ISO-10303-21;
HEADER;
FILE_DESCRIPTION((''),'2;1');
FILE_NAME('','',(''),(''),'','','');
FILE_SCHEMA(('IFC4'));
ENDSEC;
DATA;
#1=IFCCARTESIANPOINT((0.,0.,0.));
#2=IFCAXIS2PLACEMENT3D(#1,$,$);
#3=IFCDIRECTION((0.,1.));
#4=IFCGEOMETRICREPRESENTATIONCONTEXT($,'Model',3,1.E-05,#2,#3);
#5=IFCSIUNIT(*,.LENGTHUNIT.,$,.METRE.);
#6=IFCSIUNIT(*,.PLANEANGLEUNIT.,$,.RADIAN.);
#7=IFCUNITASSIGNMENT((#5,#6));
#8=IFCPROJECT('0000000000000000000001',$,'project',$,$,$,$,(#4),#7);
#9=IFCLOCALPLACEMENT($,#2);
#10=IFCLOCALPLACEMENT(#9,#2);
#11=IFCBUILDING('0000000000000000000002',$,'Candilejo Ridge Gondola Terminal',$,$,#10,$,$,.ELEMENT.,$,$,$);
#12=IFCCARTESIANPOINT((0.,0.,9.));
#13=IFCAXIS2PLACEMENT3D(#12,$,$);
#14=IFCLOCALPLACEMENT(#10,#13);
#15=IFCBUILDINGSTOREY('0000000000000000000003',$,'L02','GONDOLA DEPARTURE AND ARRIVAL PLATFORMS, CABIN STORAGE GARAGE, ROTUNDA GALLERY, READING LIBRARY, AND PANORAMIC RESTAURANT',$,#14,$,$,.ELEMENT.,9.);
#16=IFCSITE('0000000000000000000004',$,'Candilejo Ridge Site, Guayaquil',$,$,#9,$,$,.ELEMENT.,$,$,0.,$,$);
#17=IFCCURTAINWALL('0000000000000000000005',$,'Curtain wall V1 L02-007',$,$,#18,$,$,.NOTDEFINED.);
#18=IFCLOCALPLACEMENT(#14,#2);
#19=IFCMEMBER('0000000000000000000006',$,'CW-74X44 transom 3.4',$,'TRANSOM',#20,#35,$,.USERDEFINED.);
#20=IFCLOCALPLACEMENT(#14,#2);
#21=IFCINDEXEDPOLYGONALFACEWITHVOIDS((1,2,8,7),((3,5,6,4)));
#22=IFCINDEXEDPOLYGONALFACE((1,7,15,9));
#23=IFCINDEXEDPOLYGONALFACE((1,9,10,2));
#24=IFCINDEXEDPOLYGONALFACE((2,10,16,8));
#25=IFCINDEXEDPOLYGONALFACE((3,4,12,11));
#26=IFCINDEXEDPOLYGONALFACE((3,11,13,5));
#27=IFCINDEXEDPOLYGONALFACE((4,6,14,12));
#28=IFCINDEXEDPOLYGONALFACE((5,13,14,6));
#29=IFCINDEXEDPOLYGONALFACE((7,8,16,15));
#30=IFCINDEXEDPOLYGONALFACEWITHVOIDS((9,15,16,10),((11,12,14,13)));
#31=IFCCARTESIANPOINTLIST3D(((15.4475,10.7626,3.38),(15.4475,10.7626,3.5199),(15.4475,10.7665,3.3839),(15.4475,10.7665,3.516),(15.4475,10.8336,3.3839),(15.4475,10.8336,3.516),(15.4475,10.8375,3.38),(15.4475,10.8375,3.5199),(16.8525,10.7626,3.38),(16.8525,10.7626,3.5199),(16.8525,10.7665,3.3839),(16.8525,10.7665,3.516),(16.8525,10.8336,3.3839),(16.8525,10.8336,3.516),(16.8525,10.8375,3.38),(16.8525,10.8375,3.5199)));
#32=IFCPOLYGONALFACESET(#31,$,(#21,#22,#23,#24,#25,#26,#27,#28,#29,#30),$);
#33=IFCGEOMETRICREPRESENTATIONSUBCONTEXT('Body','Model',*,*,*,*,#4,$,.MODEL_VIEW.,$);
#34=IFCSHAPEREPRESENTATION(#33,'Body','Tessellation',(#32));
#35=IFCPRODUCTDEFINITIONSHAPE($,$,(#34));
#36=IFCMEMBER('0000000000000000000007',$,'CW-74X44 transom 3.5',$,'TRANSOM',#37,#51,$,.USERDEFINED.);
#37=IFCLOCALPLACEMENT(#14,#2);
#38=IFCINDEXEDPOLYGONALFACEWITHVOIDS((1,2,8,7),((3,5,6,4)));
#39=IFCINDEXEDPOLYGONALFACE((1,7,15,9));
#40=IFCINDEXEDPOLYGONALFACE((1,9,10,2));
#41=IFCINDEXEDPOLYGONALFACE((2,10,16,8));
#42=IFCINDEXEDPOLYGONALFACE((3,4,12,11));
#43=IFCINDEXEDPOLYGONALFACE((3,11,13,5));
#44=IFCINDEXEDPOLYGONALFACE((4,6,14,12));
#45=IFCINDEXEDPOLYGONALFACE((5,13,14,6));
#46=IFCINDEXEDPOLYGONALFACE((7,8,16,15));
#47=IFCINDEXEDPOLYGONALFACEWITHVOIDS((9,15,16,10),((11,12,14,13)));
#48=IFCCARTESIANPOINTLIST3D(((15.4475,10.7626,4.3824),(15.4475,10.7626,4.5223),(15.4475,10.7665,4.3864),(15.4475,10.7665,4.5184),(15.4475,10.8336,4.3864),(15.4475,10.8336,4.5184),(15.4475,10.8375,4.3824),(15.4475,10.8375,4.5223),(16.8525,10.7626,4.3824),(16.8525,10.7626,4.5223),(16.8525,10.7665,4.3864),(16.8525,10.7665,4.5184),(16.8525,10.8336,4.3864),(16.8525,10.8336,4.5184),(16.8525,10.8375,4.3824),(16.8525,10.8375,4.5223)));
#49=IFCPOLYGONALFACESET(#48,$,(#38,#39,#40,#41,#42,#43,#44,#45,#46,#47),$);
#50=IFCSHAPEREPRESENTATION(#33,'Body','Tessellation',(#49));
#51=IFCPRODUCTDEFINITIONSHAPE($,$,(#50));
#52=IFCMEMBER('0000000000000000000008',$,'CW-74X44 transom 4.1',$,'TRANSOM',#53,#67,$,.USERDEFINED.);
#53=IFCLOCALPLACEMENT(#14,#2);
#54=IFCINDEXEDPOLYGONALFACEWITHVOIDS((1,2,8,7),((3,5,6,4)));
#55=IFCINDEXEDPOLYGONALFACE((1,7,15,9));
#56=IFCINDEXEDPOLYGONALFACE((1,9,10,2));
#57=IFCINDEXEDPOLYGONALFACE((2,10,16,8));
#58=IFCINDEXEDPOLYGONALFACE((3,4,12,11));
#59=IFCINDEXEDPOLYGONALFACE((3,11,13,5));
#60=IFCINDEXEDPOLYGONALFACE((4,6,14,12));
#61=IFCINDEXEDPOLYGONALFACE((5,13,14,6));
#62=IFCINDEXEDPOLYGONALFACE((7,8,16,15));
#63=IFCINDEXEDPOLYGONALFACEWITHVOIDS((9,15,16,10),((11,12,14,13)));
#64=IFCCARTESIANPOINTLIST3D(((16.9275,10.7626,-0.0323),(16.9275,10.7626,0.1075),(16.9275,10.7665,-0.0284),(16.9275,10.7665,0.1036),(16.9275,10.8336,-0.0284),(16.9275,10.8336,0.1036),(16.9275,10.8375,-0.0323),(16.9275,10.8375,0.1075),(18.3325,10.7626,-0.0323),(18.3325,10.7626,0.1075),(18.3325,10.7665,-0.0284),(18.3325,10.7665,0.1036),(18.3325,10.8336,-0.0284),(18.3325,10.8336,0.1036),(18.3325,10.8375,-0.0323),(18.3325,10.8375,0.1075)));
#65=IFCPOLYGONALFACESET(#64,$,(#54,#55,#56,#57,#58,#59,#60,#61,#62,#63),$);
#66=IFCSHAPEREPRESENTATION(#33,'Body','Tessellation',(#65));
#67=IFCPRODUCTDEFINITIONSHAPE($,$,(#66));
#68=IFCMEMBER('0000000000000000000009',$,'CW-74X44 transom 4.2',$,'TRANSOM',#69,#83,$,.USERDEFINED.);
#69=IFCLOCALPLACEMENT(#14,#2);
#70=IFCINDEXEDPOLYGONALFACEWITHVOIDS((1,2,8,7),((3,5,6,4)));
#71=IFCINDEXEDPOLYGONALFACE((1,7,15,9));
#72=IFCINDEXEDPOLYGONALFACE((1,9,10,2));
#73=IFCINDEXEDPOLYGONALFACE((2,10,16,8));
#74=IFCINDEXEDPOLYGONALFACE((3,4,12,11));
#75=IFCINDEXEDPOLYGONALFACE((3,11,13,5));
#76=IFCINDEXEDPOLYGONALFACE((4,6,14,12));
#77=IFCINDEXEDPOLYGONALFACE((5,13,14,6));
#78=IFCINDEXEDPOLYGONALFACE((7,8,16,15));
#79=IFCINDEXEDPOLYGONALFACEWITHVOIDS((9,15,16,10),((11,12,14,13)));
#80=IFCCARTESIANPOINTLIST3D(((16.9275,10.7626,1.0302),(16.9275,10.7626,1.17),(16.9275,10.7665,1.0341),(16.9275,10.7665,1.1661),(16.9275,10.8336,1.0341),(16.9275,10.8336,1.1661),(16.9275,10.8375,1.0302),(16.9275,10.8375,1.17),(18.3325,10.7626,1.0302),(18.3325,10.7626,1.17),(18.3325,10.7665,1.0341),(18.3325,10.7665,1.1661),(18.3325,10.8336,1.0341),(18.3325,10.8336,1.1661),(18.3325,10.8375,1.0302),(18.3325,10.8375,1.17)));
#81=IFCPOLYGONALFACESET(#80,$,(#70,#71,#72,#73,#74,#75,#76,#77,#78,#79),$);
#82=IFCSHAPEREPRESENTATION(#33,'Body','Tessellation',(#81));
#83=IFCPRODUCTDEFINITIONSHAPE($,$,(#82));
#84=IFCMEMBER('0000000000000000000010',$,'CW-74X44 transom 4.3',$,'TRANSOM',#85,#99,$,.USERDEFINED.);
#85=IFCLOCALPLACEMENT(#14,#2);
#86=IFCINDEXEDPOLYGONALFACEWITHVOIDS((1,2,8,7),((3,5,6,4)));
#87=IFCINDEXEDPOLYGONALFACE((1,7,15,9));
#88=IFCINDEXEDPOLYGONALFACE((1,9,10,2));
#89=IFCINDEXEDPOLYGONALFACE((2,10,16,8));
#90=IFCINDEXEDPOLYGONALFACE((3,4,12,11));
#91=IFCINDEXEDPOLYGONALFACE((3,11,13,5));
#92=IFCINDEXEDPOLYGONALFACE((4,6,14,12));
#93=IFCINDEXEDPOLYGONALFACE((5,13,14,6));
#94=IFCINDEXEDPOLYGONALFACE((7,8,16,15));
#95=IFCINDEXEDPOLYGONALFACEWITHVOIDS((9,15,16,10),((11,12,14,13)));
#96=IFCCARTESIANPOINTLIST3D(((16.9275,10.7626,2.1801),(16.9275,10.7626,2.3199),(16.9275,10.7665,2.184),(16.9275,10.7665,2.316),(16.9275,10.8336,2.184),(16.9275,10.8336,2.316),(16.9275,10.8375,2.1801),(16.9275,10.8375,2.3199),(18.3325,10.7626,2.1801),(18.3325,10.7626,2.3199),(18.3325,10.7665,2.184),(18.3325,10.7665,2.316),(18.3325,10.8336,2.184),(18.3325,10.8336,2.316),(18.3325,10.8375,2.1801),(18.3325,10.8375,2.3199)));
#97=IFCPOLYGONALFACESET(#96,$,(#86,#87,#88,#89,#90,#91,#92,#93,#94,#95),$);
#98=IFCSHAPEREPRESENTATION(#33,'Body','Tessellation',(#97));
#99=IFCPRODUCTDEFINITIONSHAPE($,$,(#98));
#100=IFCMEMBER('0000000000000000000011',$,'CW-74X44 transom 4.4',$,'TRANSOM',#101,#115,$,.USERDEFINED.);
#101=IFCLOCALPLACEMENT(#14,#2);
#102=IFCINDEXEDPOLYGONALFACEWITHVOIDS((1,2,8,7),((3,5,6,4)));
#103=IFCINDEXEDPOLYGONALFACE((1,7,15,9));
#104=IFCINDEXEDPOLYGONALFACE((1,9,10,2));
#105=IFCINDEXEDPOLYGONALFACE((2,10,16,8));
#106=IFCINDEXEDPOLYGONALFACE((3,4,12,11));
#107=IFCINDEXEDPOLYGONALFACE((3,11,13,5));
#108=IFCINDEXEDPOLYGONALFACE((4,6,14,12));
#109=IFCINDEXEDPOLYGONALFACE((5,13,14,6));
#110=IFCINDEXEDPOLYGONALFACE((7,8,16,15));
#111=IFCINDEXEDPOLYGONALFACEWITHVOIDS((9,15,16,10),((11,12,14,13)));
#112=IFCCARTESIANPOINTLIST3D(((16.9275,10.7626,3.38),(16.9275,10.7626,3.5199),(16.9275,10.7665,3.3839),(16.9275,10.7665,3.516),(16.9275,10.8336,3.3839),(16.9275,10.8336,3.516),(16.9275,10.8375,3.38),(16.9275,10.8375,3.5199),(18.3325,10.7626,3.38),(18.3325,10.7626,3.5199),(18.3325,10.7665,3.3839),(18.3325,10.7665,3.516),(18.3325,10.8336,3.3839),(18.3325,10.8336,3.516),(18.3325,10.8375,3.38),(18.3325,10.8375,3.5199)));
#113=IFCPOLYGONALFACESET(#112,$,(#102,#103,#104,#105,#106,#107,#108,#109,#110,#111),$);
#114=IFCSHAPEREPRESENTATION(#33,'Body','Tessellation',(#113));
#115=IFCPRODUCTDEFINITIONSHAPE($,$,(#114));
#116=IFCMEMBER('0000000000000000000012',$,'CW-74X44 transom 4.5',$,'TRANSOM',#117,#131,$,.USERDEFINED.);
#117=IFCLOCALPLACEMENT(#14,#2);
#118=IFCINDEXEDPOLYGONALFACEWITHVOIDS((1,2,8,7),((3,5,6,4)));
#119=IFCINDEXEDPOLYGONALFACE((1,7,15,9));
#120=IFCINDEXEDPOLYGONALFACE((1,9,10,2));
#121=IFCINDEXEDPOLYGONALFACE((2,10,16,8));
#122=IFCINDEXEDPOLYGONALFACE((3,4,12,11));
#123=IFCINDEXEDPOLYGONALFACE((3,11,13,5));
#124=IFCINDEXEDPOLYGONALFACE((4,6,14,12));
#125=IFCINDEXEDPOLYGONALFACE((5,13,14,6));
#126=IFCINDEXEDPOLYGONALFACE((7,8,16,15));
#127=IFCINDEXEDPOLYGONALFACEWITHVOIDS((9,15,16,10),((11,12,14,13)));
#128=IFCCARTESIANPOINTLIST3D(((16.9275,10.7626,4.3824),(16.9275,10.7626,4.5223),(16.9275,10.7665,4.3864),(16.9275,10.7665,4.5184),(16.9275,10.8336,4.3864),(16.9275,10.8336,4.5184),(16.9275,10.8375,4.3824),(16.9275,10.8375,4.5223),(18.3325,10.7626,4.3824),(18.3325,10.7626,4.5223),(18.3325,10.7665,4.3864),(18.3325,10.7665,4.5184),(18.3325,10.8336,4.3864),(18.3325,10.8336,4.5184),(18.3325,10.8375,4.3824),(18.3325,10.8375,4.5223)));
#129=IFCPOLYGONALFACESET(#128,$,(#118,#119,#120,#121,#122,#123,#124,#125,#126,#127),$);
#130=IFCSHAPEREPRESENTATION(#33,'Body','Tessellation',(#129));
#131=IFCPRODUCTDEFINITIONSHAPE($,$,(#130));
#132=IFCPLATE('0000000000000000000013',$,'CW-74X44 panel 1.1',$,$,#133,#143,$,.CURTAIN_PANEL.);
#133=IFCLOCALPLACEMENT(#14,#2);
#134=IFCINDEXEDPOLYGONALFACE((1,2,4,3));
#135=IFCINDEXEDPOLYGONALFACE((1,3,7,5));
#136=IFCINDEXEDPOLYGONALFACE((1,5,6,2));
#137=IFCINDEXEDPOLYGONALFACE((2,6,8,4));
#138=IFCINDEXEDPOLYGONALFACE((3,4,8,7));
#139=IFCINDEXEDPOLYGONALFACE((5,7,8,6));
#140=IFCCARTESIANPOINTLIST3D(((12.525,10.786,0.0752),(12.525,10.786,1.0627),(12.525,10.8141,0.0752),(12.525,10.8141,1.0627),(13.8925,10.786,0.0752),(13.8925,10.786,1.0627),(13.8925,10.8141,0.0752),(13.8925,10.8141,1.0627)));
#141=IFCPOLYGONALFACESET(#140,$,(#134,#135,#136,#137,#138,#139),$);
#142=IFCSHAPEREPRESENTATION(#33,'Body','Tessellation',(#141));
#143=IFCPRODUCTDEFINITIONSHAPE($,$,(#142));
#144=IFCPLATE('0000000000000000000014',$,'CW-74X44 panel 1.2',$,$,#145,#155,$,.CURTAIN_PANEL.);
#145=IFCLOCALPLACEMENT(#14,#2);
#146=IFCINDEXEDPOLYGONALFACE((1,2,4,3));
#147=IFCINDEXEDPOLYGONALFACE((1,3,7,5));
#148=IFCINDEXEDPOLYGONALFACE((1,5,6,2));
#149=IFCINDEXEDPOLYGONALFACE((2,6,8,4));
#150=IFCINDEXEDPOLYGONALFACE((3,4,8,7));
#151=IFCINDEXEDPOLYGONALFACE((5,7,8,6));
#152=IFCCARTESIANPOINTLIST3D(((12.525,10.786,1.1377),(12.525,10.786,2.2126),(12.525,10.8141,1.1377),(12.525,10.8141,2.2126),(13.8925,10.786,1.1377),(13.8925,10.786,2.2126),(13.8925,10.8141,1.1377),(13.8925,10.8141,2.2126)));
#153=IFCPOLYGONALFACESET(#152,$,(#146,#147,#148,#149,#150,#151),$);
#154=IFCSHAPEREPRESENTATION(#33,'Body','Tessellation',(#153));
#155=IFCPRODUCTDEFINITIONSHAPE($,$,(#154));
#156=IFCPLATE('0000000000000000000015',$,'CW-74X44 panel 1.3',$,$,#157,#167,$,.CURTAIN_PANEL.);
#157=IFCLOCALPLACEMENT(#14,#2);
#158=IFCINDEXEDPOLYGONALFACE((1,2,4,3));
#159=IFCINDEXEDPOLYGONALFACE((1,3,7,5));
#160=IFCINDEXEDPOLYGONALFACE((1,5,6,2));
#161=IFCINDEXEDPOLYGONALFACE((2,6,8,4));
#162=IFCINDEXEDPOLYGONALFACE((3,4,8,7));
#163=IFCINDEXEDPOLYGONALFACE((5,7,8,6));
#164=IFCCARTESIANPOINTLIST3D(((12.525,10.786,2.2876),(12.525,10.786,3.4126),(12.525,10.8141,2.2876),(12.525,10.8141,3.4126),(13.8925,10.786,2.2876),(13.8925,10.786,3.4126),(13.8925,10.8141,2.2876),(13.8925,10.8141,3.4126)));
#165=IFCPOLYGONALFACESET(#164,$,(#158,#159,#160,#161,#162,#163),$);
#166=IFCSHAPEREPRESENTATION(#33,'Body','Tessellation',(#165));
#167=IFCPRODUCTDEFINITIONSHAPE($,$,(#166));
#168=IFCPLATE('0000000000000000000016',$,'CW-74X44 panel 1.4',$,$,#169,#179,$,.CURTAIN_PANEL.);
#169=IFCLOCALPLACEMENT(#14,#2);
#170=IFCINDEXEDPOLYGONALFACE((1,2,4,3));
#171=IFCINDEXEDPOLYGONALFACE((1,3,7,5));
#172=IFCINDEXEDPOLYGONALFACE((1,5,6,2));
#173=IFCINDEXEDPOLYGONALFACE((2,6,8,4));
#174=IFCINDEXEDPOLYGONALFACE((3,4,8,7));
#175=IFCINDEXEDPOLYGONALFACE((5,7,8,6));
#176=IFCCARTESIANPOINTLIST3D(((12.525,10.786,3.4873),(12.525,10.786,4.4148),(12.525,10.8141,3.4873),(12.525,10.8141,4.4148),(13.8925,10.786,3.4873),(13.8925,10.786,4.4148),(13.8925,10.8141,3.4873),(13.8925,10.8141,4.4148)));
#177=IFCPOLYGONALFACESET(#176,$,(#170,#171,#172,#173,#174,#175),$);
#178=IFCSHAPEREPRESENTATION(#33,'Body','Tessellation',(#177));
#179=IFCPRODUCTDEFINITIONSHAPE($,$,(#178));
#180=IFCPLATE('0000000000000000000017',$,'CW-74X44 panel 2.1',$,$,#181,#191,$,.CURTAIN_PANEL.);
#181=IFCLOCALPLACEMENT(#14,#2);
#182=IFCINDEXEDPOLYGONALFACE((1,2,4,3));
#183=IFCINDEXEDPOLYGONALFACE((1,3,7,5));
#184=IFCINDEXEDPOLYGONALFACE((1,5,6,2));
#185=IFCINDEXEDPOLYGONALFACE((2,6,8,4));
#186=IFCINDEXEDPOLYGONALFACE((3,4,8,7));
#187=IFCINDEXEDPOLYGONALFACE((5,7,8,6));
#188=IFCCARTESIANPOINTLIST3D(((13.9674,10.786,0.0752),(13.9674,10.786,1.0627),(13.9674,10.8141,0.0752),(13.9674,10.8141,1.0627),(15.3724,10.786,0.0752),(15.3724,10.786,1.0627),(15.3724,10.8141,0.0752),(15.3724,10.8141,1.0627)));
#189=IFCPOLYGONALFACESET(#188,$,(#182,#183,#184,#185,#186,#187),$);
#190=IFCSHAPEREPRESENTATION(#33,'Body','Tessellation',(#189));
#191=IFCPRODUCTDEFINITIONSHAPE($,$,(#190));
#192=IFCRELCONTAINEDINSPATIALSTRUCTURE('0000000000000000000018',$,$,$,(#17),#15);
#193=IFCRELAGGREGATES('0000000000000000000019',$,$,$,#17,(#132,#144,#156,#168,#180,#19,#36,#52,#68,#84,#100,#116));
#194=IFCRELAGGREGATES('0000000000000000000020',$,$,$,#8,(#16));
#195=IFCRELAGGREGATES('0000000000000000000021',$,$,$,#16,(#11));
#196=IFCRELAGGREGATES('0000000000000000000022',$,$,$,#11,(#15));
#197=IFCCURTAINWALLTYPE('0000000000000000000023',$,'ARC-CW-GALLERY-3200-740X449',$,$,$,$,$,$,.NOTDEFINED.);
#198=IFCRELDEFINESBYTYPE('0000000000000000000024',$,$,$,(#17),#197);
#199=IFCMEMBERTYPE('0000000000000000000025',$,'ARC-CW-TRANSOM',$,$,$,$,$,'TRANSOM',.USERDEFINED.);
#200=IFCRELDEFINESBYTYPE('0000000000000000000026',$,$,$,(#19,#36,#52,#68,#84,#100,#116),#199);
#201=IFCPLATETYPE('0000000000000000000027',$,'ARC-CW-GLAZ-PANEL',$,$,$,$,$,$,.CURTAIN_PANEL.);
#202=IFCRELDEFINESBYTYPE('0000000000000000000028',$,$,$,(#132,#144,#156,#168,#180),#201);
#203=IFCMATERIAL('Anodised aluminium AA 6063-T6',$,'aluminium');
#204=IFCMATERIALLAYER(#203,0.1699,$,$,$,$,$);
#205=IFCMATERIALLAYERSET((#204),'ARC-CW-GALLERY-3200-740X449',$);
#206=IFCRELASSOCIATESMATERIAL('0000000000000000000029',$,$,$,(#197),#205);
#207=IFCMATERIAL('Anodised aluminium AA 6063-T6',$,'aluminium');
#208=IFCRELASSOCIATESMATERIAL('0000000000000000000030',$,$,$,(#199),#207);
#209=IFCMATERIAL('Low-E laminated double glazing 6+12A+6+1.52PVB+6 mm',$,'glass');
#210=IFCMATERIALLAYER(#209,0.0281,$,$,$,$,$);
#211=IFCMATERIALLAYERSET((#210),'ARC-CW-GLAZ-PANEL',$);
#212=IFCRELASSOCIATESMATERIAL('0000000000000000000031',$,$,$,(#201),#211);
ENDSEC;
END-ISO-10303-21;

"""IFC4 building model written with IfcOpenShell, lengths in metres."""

from ifc_helpers import new_model, si_unit, direction, frame, origin, origin_2d, place, context, subcontext, project, spatial, rectangle, hollow_rectangle, extrude, material, layer, layer_set, material_profile, profile_set, type_object, element, aggregate, save


model = new_model("IFC4")

# Units and contexts
model_context = context("Model", 3, precision=1e-05, world=origin(), true_north=direction((0.0, 1.0)))
body_context = subcontext(model_context, "Body", "Model", "MODEL_VIEW")
ifc_project = project(units=[si_unit("LENGTHUNIT", "METRE"), si_unit("PLANEANGLEUNIT", "RADIAN")], contexts=[model_context])

# Site, building, storey
site_placement = place(None, origin())
site = spatial("IfcSite", under=ifc_project, at=site_placement, Name="Candilejo Ridge Site, Guayaquil", CompositionType="ELEMENT", RefElevation=0.0)
building_placement = place(site_placement, origin())
building = spatial("IfcBuilding", under=site, at=building_placement, Name="Candilejo Ridge Gondola Terminal", CompositionType="ELEMENT")
storey_placement = place(building_placement, frame((0.0, 0.0, 9.0)))
storey = spatial("IfcBuildingStorey", under=building, at=storey_placement, Name="L02", Description="GONDOLA DEPARTURE AND ARRIVAL PLATFORMS, CABIN STORAGE GARAGE, ROTUNDA GALLERY, READING LIBRARY, AND PANORAMIC RESTAURANT", CompositionType="ELEMENT", Elevation=9.0)

# Curtain wall, members, plates
ifc_material_1 = material(Name="Anodised aluminium AA 6063-T6", Category="aluminium")
ifc_layer_1 = layer(ifc_material_1, 0.1699)
ifc_layer_set_1 = layer_set([ifc_layer_1], Name="ARC-CW-GALLERY-3200-740X449")
curtain_wall_type = type_object("IfcCurtainWallType", Name="ARC-CW-GALLERY-3200-740X449", PredefinedType="NOTDEFINED", material=ifc_layer_set_1)
curtain_wall_placement = place(storey_placement, origin())
curtain_wall = element("IfcCurtainWall", 1, at=curtain_wall_placement, inside=storey, type_object=curtain_wall_type, Name="Curtain wall V1 L02-007", PredefinedType="NOTDEFINED")
ifc_material_2 = material(Name="Anodised aluminium AA 6063-T6", Category="aluminium")
ifc_material_profile_1 = material_profile(ifc_material_2, hollow_rectangle(XDim=0.075, YDim=0.1399, WallThickness=0.0039, at=origin_2d()))
ifc_profile_set_1 = profile_set([ifc_material_profile_1], Name="Anodised aluminium AA 6063-T6")
member_type_1 = type_object("IfcMemberType", Name="ARC-CW-TRANSOM", ElementType="TRANSOM", PredefinedType="USERDEFINED", material=ifc_profile_set_1)
member_1_placement = place(storey_placement, frame((15.4475, 10.8, 3.45), z_axis=(1.0, 0.0, 0.0), x_axis=(0.0, 1.0, 0.0)))
member_1 = element("IfcMember", 2, at=member_1_placement, type_object=member_type_1, Name="CW-74X44 transom 3.4", ObjectType="TRANSOM", PredefinedType="USERDEFINED", context=body_context, shape_type="SweptSolid", body=[
    extrude(hollow_rectangle(XDim=0.075, YDim=0.1399, WallThickness=0.0039, at=origin_2d()), origin(), (0.0, 0.0, 1.0), 1.405),
])
member_2_placement = place(storey_placement, frame((15.4475, 10.8, 4.4524), z_axis=(1.0, 0.0, 0.0), x_axis=(0.0, 1.0, 0.0)))
member_2 = element("IfcMember", 3, at=member_2_placement, type_object=member_type_1, Name="CW-74X44 transom 3.5", ObjectType="TRANSOM", PredefinedType="USERDEFINED", context=body_context, shape_type="SweptSolid", body=[
    extrude(hollow_rectangle(XDim=0.075, YDim=0.1399, WallThickness=0.0039, at=origin_2d()), origin(), (0.0, 0.0, 1.0), 1.405),
])
member_3_placement = place(storey_placement, frame((16.9275, 10.8, 0.0376), z_axis=(1.0, 0.0, 0.0), x_axis=(0.0, 1.0, 0.0)))
member_3 = element("IfcMember", 4, at=member_3_placement, type_object=member_type_1, Name="CW-74X44 transom 4.1", ObjectType="TRANSOM", PredefinedType="USERDEFINED", context=body_context, shape_type="SweptSolid", body=[
    extrude(hollow_rectangle(XDim=0.075, YDim=0.1399, WallThickness=0.0039, at=origin_2d()), origin(), (0.0, 0.0, 1.0), 1.405),
])
member_4_placement = place(storey_placement, frame((16.9275, 10.8, 1.1001), z_axis=(1.0, 0.0, 0.0), x_axis=(0.0, 1.0, 0.0)))
member_4 = element("IfcMember", 5, at=member_4_placement, type_object=member_type_1, Name="CW-74X44 transom 4.2", ObjectType="TRANSOM", PredefinedType="USERDEFINED", context=body_context, shape_type="SweptSolid", body=[
    extrude(hollow_rectangle(XDim=0.075, YDim=0.1399, WallThickness=0.0039, at=origin_2d()), origin(), (0.0, 0.0, 1.0), 1.405),
])
member_5_placement = place(storey_placement, frame((16.9275, 10.8, 2.25), z_axis=(1.0, 0.0, 0.0), x_axis=(0.0, 1.0, 0.0)))
member_5 = element("IfcMember", 6, at=member_5_placement, type_object=member_type_1, Name="CW-74X44 transom 4.3", ObjectType="TRANSOM", PredefinedType="USERDEFINED", context=body_context, shape_type="SweptSolid", body=[
    extrude(hollow_rectangle(XDim=0.075, YDim=0.1399, WallThickness=0.0039, at=origin_2d()), origin(), (0.0, 0.0, 1.0), 1.405),
])
member_6_placement = place(storey_placement, frame((16.9275, 10.8, 3.45), z_axis=(1.0, 0.0, 0.0), x_axis=(0.0, 1.0, 0.0)))
member_6 = element("IfcMember", 7, at=member_6_placement, type_object=member_type_1, Name="CW-74X44 transom 4.4", ObjectType="TRANSOM", PredefinedType="USERDEFINED", context=body_context, shape_type="SweptSolid", body=[
    extrude(hollow_rectangle(XDim=0.075, YDim=0.1399, WallThickness=0.0039, at=origin_2d()), origin(), (0.0, 0.0, 1.0), 1.405),
])
member_7_placement = place(storey_placement, frame((16.9275, 10.8, 4.4524), z_axis=(1.0, 0.0, 0.0), x_axis=(0.0, 1.0, 0.0)))
member_7 = element("IfcMember", 8, at=member_7_placement, type_object=member_type_1, Name="CW-74X44 transom 4.5", ObjectType="TRANSOM", PredefinedType="USERDEFINED", context=body_context, shape_type="SweptSolid", body=[
    extrude(hollow_rectangle(XDim=0.075, YDim=0.1399, WallThickness=0.0039, at=origin_2d()), origin(), (0.0, 0.0, 1.0), 1.405),
])
ifc_material_3 = material(Name="Low-E laminated double glazing 6+12A+6+1.52PVB+6 mm", Category="glass")
ifc_layer_2 = layer(ifc_material_3, 0.0281)
ifc_layer_set_2 = layer_set([ifc_layer_2], Name="ARC-CW-GLAZ-PANEL")
plate_type_1 = type_object("IfcPlateType", Name="ARC-CW-GLAZ-PANEL", PredefinedType="CURTAIN_PANEL", material=ifc_layer_set_2)
plate_1_placement = place(storey_placement, frame((13.2087, 10.8, 0.0752), z_axis=(0.0, 0.0, 1.0), x_axis=(1.0, 0.0, 0.0)))
plate_1 = element("IfcPlate", 9, at=plate_1_placement, type_object=plate_type_1, Name="CW-74X44 panel 1.1", PredefinedType="CURTAIN_PANEL", context=body_context, shape_type="SweptSolid", body=[
    extrude(rectangle(XDim=1.3674, YDim=0.0281, at=origin_2d()), origin(), (0.0, 0.0, 1.0), 0.9875),
])
plate_2_placement = place(storey_placement, frame((13.2087, 10.8, 1.1377), z_axis=(0.0, 0.0, 1.0), x_axis=(1.0, 0.0, 0.0)))
plate_2 = element("IfcPlate", 10, at=plate_2_placement, type_object=plate_type_1, Name="CW-74X44 panel 1.2", PredefinedType="CURTAIN_PANEL", context=body_context, shape_type="SweptSolid", body=[
    extrude(rectangle(XDim=1.3674, YDim=0.0281, at=origin_2d()), origin(), (0.0, 0.0, 1.0), 1.075),
])
plate_3_placement = place(storey_placement, frame((13.2087, 10.8, 2.2876), z_axis=(0.0, 0.0, 1.0), x_axis=(1.0, 0.0, 0.0)))
plate_3 = element("IfcPlate", 11, at=plate_3_placement, type_object=plate_type_1, Name="CW-74X44 panel 1.3", PredefinedType="CURTAIN_PANEL", context=body_context, shape_type="SweptSolid", body=[
    extrude(rectangle(XDim=1.3674, YDim=0.0281, at=origin_2d()), origin(), (0.0, 0.0, 1.0), 1.125),
])
plate_4_placement = place(storey_placement, frame((13.2087, 10.8, 3.4873), z_axis=(0.0, 0.0, 1.0), x_axis=(1.0, 0.0, 0.0)))
plate_4 = element("IfcPlate", 12, at=plate_4_placement, type_object=plate_type_1, Name="CW-74X44 panel 1.4", PredefinedType="CURTAIN_PANEL", context=body_context, shape_type="SweptSolid", body=[
    extrude(rectangle(XDim=1.3674, YDim=0.0281, at=origin_2d()), origin(), (0.0, 0.0, 1.0), 0.9275),
])
plate_5_placement = place(storey_placement, frame((14.6699, 10.8, 0.0752), z_axis=(0.0, 0.0, 1.0), x_axis=(1.0, 0.0, 0.0)))
plate_5 = element("IfcPlate", 13, at=plate_5_placement, type_object=plate_type_1, Name="CW-74X44 panel 2.1", PredefinedType="CURTAIN_PANEL", context=body_context, shape_type="SweptSolid", body=[
    extrude(rectangle(XDim=1.405, YDim=0.0281, at=origin_2d()), origin(), (0.0, 0.0, 1.0), 0.9875),
])
aggregate(curtain_wall, [plate_1, plate_2, plate_3, plate_4, plate_5, member_1, member_2, member_3, member_4, member_5, member_6, member_7])

save(model, "model.ifc")
